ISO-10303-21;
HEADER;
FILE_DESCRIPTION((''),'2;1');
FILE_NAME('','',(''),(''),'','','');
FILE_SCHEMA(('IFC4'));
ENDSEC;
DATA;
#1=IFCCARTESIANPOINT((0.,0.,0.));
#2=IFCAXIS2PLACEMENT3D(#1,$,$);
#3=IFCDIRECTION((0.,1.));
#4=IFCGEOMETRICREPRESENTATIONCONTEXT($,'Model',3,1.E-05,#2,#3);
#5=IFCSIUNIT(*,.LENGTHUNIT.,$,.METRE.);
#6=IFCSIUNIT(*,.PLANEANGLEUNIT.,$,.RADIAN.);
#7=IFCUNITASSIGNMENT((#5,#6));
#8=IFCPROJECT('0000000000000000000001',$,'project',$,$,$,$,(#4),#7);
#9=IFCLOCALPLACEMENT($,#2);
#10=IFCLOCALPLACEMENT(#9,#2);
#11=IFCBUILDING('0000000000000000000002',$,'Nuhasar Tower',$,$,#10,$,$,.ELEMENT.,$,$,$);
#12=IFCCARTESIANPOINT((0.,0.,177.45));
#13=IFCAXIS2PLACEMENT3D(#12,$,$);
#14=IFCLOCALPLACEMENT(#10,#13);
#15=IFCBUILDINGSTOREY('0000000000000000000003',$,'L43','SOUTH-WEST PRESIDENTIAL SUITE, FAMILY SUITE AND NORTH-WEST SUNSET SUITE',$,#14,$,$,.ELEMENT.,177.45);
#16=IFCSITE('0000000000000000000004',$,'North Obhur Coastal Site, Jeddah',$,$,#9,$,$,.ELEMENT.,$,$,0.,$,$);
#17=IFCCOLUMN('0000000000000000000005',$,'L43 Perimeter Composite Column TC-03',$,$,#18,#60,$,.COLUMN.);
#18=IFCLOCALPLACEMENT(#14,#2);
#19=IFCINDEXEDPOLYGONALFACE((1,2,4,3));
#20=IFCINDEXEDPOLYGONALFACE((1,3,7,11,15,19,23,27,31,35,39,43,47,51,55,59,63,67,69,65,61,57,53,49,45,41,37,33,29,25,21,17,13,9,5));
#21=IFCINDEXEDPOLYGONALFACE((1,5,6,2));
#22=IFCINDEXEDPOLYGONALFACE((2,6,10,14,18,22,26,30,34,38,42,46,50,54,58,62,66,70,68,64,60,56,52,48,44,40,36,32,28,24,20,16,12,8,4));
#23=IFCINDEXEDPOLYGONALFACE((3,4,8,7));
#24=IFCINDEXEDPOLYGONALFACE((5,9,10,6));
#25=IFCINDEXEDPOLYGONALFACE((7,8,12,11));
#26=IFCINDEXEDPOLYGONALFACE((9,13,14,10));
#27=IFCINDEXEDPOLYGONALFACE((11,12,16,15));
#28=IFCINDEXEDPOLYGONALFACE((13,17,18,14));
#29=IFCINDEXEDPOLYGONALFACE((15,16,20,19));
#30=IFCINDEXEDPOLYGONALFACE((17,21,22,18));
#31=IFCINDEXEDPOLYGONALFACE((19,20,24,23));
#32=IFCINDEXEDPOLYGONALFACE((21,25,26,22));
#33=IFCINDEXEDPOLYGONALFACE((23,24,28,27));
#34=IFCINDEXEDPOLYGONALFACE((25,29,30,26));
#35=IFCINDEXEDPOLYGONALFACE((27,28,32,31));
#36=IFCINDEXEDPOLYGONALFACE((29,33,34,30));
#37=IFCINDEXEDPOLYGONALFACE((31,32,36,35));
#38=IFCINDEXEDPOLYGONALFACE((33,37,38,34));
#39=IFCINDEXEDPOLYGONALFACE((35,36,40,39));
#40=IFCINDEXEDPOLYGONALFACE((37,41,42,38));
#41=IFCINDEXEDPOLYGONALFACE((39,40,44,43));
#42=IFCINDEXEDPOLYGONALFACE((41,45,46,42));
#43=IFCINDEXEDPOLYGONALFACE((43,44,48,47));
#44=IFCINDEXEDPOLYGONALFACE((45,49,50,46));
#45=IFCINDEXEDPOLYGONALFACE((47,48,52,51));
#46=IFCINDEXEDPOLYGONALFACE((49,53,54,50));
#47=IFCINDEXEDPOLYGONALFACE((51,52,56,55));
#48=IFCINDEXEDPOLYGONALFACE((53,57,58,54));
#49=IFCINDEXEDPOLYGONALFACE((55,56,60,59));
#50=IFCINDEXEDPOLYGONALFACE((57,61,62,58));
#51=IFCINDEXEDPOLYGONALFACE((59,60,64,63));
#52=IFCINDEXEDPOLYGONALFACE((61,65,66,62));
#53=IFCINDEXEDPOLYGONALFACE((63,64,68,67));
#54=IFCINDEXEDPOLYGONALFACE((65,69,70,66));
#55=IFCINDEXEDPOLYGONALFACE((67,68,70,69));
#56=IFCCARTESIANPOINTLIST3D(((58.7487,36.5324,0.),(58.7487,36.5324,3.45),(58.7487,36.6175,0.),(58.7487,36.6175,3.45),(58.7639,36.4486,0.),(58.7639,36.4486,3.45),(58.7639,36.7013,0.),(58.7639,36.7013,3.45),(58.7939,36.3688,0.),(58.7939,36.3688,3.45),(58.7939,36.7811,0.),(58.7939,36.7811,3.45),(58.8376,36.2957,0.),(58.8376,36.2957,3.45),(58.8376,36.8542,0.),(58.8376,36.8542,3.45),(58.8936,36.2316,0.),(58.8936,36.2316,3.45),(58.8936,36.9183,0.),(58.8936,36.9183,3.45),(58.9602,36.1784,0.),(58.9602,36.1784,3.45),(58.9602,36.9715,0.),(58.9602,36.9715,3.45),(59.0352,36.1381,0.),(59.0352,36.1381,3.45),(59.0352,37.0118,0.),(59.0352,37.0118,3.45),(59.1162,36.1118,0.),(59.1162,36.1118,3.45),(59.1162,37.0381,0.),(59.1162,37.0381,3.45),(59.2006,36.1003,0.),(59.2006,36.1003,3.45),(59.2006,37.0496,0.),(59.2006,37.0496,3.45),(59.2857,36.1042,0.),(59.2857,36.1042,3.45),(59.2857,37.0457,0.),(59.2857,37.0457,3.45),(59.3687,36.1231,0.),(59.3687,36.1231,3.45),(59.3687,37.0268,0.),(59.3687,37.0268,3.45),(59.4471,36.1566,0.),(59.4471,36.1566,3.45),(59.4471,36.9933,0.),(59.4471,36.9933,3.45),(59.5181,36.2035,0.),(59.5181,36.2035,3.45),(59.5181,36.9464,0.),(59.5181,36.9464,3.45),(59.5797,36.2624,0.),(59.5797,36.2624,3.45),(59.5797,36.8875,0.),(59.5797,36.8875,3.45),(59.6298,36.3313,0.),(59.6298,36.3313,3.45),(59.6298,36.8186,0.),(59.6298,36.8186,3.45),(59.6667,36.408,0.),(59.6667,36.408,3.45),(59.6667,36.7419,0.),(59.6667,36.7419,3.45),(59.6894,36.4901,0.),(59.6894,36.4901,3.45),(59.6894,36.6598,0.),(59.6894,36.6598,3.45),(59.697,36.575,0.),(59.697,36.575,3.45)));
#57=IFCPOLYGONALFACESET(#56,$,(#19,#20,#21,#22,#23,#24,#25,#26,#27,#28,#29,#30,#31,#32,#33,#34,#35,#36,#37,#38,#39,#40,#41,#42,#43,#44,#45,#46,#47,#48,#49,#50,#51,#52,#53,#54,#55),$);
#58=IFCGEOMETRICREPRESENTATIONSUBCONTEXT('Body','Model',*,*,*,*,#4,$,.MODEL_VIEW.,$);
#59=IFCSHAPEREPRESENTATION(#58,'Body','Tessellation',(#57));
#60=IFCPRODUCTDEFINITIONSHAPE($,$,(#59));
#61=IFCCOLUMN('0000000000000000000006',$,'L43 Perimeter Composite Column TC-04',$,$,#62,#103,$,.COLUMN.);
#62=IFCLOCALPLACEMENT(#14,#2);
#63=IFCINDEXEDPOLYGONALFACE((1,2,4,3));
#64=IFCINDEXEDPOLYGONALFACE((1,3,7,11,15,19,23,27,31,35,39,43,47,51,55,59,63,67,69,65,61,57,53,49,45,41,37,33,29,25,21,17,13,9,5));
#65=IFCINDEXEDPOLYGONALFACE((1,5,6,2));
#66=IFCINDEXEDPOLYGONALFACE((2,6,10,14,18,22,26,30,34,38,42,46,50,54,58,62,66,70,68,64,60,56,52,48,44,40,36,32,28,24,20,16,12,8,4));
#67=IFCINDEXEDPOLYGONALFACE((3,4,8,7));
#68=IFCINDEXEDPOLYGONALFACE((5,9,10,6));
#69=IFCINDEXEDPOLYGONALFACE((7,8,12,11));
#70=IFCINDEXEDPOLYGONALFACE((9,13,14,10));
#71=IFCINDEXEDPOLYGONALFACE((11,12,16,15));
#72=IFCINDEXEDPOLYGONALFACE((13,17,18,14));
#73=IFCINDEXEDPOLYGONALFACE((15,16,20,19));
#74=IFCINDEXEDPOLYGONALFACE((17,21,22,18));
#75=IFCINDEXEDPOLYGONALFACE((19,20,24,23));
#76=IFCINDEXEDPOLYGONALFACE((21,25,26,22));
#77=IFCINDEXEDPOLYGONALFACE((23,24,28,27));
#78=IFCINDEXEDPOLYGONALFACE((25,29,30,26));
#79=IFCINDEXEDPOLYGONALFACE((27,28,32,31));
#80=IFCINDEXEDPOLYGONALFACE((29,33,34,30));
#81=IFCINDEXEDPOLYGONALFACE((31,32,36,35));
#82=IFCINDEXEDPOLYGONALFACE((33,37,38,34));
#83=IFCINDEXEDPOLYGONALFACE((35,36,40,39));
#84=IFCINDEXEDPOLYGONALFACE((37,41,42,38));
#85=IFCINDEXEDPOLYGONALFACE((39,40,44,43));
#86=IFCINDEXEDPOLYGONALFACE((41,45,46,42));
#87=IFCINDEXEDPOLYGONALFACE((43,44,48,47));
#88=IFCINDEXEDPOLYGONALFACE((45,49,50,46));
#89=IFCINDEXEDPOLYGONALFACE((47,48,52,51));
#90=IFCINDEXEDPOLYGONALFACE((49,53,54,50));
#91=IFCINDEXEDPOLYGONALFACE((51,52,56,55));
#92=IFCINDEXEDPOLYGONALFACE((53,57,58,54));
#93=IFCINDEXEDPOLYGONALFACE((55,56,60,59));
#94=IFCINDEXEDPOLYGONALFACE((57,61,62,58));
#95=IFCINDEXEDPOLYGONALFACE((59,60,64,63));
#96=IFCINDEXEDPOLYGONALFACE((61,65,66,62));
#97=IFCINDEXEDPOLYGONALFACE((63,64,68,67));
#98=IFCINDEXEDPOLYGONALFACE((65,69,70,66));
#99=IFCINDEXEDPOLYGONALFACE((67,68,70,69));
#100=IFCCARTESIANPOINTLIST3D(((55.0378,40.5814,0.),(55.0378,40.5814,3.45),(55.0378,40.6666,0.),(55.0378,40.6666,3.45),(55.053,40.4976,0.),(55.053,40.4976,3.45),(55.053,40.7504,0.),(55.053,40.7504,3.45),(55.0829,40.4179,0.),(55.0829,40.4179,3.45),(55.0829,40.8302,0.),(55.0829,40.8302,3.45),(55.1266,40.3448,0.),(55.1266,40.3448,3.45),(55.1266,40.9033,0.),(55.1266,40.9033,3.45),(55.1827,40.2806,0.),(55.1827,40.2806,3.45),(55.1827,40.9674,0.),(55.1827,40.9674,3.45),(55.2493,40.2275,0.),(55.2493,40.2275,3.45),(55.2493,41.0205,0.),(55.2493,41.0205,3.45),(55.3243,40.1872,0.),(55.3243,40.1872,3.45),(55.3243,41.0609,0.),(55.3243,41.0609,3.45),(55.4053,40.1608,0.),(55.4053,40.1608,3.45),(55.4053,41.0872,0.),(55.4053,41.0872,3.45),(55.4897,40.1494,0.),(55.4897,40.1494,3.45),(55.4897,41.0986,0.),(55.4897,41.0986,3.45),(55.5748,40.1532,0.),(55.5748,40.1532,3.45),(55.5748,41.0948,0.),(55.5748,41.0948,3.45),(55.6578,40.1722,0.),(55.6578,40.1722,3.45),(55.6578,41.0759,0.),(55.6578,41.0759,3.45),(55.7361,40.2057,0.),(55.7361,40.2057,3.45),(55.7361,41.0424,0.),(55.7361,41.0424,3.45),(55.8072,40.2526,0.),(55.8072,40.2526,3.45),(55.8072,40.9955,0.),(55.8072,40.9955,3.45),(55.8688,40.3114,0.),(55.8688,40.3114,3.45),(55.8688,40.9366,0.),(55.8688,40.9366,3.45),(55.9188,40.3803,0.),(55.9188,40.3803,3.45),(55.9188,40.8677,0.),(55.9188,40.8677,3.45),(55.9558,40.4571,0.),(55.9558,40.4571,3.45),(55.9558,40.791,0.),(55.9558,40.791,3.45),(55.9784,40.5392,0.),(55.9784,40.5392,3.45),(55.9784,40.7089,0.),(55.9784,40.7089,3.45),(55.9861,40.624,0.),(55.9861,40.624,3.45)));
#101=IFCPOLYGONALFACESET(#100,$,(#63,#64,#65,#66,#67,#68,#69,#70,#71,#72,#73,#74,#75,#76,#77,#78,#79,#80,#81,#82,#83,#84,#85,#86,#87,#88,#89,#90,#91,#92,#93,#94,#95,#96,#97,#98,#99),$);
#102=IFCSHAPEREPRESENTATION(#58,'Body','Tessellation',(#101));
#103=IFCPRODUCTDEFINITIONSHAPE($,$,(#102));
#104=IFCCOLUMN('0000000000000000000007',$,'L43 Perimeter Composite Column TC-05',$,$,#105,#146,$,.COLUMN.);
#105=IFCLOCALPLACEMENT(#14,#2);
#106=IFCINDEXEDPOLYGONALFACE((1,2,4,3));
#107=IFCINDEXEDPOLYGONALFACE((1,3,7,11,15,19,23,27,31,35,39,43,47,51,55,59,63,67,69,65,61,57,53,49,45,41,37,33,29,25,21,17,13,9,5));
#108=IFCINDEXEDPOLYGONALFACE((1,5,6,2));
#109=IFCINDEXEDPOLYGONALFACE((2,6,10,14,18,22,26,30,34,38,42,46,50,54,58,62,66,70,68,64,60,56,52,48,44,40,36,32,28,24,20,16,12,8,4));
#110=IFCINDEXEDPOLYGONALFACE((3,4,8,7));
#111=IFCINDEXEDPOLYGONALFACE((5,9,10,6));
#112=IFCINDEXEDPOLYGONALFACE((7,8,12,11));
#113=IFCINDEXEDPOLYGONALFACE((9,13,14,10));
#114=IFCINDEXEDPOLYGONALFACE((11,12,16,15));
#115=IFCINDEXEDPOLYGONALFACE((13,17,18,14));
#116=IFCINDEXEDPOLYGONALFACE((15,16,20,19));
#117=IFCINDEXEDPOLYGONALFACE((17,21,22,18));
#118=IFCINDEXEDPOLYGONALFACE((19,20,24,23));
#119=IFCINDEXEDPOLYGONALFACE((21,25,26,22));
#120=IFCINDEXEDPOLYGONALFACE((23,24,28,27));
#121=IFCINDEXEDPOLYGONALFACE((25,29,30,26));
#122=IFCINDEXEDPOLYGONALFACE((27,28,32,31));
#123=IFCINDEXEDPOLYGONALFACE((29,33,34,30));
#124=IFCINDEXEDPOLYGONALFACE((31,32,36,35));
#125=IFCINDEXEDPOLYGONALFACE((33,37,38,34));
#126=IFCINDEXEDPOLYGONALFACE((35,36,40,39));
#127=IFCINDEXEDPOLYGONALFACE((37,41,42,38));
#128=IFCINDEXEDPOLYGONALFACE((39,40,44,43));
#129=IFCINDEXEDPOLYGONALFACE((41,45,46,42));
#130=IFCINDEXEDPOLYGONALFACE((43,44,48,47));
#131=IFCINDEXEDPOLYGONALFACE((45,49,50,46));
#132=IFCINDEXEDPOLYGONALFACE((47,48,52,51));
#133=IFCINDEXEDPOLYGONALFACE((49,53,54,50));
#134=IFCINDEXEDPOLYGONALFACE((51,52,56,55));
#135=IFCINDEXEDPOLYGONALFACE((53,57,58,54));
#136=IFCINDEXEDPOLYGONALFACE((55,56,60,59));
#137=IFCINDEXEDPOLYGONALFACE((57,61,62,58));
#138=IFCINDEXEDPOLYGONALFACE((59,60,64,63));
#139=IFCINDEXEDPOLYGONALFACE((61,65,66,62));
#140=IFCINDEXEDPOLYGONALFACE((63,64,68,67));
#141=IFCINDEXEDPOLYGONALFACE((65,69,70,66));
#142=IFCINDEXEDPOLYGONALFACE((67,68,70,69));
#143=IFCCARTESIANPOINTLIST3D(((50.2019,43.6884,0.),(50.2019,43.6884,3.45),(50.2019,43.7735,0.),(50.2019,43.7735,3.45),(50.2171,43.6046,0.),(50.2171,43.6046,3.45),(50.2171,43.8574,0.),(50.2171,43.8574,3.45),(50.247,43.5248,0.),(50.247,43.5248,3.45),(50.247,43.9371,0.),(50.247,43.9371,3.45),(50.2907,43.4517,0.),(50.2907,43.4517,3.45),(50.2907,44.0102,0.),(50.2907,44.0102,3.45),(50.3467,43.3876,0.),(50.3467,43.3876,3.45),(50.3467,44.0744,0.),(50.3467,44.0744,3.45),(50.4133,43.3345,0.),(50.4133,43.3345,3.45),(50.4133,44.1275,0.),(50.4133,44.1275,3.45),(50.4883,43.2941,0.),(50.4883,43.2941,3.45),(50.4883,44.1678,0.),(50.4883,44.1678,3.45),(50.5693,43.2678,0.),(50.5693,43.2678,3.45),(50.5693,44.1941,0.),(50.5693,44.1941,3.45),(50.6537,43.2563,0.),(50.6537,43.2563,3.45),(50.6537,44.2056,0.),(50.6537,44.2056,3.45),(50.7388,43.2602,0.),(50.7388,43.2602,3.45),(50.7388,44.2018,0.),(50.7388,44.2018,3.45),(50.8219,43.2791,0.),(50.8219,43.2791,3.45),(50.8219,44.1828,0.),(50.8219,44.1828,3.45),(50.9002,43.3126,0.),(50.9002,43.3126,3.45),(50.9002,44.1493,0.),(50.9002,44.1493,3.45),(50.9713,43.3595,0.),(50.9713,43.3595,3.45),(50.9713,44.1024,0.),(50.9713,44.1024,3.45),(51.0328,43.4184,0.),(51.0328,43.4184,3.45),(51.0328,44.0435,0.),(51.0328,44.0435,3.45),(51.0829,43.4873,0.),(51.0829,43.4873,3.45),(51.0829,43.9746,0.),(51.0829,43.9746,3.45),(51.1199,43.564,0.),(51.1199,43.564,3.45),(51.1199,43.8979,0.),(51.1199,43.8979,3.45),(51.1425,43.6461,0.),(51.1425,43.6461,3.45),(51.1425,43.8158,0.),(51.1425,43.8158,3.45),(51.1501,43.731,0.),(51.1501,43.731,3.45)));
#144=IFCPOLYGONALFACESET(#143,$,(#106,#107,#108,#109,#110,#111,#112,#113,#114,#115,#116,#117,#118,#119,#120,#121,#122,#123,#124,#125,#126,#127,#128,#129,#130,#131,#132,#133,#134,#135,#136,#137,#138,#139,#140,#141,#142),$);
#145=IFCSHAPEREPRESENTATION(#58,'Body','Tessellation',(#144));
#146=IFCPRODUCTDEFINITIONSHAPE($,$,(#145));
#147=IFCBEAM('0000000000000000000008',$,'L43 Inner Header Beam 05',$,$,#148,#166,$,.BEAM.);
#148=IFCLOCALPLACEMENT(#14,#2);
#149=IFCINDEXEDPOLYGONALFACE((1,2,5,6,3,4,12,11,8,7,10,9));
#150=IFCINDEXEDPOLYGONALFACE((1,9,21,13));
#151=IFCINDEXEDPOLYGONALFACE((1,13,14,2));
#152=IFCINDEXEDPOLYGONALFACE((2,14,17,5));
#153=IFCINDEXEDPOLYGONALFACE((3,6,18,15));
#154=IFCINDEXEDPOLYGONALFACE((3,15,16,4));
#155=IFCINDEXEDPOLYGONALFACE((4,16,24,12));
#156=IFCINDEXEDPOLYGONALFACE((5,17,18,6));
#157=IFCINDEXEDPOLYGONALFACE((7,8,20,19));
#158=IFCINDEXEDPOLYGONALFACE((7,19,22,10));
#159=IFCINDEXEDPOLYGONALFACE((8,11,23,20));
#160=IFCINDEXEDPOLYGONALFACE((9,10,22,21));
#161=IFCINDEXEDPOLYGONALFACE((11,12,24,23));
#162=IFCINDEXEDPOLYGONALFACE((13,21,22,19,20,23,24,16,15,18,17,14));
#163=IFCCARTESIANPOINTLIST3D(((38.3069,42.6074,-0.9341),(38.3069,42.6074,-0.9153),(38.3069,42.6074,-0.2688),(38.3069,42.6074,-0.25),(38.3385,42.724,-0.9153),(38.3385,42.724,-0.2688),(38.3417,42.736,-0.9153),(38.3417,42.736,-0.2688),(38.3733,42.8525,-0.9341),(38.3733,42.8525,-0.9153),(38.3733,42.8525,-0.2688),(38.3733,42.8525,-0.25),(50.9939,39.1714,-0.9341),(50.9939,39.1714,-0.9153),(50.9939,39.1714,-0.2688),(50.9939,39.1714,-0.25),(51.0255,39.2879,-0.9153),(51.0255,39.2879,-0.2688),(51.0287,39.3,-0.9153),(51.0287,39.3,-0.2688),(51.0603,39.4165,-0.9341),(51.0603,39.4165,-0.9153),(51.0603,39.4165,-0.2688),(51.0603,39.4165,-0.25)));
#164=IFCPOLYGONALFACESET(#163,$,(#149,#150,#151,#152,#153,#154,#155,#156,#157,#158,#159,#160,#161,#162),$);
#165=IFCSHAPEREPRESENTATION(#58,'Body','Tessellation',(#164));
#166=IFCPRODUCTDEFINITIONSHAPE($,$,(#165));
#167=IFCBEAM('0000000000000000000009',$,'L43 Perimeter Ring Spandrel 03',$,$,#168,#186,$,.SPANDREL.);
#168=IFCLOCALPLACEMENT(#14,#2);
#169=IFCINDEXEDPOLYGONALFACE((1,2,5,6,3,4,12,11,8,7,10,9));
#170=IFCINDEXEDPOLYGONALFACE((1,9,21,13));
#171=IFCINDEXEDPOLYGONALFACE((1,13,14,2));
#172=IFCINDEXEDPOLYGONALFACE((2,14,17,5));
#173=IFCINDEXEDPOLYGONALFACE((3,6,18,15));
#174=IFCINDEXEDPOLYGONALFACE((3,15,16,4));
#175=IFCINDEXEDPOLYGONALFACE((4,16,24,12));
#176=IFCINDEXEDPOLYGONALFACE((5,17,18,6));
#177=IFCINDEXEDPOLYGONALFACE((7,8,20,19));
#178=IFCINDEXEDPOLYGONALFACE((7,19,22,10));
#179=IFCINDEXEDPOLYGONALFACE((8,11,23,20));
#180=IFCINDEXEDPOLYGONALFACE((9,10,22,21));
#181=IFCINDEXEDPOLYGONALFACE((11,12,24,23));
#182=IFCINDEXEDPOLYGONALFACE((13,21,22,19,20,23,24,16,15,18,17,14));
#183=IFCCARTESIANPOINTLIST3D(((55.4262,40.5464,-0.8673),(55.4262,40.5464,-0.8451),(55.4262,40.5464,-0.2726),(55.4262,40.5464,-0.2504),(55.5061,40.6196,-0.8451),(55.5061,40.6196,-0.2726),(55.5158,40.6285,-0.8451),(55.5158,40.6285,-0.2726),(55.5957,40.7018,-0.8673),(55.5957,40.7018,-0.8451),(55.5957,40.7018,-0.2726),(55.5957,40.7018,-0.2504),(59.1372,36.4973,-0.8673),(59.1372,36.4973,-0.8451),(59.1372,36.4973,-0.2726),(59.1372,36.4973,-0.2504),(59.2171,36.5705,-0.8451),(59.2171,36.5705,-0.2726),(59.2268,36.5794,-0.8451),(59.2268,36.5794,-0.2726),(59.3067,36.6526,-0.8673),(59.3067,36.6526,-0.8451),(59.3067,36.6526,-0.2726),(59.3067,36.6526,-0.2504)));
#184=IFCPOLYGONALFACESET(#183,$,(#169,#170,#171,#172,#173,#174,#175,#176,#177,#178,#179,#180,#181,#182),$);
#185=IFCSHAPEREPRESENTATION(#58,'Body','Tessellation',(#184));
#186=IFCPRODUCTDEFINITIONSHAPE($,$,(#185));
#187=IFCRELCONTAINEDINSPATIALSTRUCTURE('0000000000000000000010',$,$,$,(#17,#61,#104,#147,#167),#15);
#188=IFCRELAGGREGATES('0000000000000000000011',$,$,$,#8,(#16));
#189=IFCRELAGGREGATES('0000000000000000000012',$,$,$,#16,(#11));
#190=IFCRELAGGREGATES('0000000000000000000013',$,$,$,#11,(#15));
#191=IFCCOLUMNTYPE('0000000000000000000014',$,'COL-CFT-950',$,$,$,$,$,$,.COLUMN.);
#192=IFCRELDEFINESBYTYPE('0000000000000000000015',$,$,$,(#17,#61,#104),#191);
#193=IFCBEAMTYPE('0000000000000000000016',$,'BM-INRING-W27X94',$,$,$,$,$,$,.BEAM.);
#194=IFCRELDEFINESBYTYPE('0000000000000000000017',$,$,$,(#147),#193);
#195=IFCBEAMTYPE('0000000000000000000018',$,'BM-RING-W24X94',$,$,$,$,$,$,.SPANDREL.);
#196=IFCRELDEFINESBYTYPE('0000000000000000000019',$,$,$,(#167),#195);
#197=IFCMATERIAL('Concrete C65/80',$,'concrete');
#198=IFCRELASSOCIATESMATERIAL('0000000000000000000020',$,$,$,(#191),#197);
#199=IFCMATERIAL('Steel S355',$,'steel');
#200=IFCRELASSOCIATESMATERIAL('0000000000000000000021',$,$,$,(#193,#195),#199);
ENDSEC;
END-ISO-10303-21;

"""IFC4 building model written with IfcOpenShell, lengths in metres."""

from ifc_helpers import new_model, si_unit, direction, frame, origin, origin_2d, place, context, subcontext, project, spatial, circle, i_section, extrude, material, material_profile, profile_set, type_object, element, save


model = new_model("IFC4")

# Units and contexts
model_context = context("Model", 3, precision=1e-05, world=origin(), true_north=direction((0.0, 1.0)))
body_context = subcontext(model_context, "Body", "Model", "MODEL_VIEW")
ifc_project = project(units=[si_unit("LENGTHUNIT", "METRE"), si_unit("PLANEANGLEUNIT", "RADIAN")], contexts=[model_context])

# Site, building, storey
site_placement = place(None, origin())
site = spatial("IfcSite", under=ifc_project, at=site_placement, Name="North Obhur Coastal Site, Jeddah", CompositionType="ELEMENT", RefElevation=0.0)
building_placement = place(site_placement, origin())
building = spatial("IfcBuilding", under=site, at=building_placement, Name="Nuhasar Tower", CompositionType="ELEMENT")
storey_placement = place(building_placement, frame((0.0, 0.0, 177.45)))
storey = spatial("IfcBuildingStorey", under=building, at=storey_placement, Name="L43", Description="SOUTH-WEST PRESIDENTIAL SUITE, FAMILY SUITE AND NORTH-WEST SUNSET SUITE", CompositionType="ELEMENT", Elevation=177.45)

# Columns
ifc_material_1 = material(Name="Concrete C65/80", Category="concrete")
ifc_material_profile_1 = material_profile(ifc_material_1, circle(Radius=0.4751, at=origin_2d()), Name="CFT950")
ifc_profile_set_1 = profile_set([ifc_material_profile_1], Name="Concrete C65/80")
column_type = type_object("IfcColumnType", Name="COL-CFT-950", PredefinedType="COLUMN", material=ifc_profile_set_1)
for number, where, z_axis, x_axis, name in (
    (1, (59.2219, 36.575, 0.0), (0.0, 0.0, 1.0), (1.0, 0.0, 0.0), "L43 Perimeter Composite Column TC-03"),
    (2, (55.511, 40.624, 0.0), (0.0, 0.0, 1.0), (1.0, 0.0, 0.0), "L43 Perimeter Composite Column TC-04"),
    (3, (50.675, 43.731, 0.0), (0.0, 0.0, 1.0), (1.0, 0.0, 0.0), "L43 Perimeter Composite Column TC-05"),
):
    element("IfcColumn", number, at=place(storey_placement, frame(where, z_axis=z_axis, x_axis=x_axis)), inside=storey, type_object=column_type, Name=name, PredefinedType="COLUMN", context=body_context, shape_type="SweptSolid", body=[
        extrude(circle(Radius=0.4751, at=origin_2d()), origin(), (0.0, 0.0, 1.0), 3.45),
    ])

# Beams
ifc_material_2 = material(Name="Steel S355", Category="steel")
ifc_material_profile_2 = material_profile(ifc_material_2, i_section(OverallWidth=0.2539, OverallDepth=0.6841, WebThickness=0.0125, FlangeThickness=0.0188, at=origin_2d()), Name="W27X94")
ifc_profile_set_2 = profile_set([ifc_material_profile_2], Name="Steel S355")
beam_type_1 = type_object("IfcBeamType", Name="BM-INRING-W27X94", PredefinedType="BEAM", material=ifc_profile_set_2)
beam_1_placement = place(storey_placement, frame((51.0271, 39.2939, -0.592), z_axis=(-0.965227, 0.261413, 0.0), x_axis=(-0.261413, -0.965227, 0.0)))
element("IfcBeam", 4, at=beam_1_placement, inside=storey, type_object=beam_type_1, Name="L43 Inner Header Beam 05", PredefinedType="BEAM", context=body_context, shape_type="SweptSolid", body=[
    extrude(i_section(OverallWidth=0.2539, OverallDepth=0.6841, WebThickness=0.0125, FlangeThickness=0.0188, at=origin_2d()), origin(), (0.0, 0.0, 1.0), 13.144),
])
ifc_material_profile_3 = material_profile(ifc_material_2, i_section(OverallWidth=0.23, OverallDepth=0.6169, WebThickness=0.0132, FlangeThickness=0.0222, at=origin_2d()), Name="W24X94")
ifc_profile_set_3 = profile_set([ifc_material_profile_3], Name="Steel S355")
beam_type_2 = type_object("IfcBeamType", Name="BM-RING-W24X94", PredefinedType="SPANDREL", material=ifc_profile_set_3)
beam_2_placement = place(storey_placement, frame((59.2219, 36.575, -0.5588), z_axis=(-0.675654, 0.737219, 0.0), x_axis=(-0.737219, -0.675654, 0.0)))
element("IfcBeam", 5, at=beam_2_placement, inside=storey, type_object=beam_type_2, Name="L43 Perimeter Ring Spandrel 03", PredefinedType="SPANDREL", context=body_context, shape_type="SweptSolid", body=[
    extrude(i_section(OverallWidth=0.23, OverallDepth=0.6169, WebThickness=0.0132, FlangeThickness=0.0222, at=origin_2d()), origin(), (0.0, 0.0, 1.0), 5.4924),
])

save(model, "model.ifc")
